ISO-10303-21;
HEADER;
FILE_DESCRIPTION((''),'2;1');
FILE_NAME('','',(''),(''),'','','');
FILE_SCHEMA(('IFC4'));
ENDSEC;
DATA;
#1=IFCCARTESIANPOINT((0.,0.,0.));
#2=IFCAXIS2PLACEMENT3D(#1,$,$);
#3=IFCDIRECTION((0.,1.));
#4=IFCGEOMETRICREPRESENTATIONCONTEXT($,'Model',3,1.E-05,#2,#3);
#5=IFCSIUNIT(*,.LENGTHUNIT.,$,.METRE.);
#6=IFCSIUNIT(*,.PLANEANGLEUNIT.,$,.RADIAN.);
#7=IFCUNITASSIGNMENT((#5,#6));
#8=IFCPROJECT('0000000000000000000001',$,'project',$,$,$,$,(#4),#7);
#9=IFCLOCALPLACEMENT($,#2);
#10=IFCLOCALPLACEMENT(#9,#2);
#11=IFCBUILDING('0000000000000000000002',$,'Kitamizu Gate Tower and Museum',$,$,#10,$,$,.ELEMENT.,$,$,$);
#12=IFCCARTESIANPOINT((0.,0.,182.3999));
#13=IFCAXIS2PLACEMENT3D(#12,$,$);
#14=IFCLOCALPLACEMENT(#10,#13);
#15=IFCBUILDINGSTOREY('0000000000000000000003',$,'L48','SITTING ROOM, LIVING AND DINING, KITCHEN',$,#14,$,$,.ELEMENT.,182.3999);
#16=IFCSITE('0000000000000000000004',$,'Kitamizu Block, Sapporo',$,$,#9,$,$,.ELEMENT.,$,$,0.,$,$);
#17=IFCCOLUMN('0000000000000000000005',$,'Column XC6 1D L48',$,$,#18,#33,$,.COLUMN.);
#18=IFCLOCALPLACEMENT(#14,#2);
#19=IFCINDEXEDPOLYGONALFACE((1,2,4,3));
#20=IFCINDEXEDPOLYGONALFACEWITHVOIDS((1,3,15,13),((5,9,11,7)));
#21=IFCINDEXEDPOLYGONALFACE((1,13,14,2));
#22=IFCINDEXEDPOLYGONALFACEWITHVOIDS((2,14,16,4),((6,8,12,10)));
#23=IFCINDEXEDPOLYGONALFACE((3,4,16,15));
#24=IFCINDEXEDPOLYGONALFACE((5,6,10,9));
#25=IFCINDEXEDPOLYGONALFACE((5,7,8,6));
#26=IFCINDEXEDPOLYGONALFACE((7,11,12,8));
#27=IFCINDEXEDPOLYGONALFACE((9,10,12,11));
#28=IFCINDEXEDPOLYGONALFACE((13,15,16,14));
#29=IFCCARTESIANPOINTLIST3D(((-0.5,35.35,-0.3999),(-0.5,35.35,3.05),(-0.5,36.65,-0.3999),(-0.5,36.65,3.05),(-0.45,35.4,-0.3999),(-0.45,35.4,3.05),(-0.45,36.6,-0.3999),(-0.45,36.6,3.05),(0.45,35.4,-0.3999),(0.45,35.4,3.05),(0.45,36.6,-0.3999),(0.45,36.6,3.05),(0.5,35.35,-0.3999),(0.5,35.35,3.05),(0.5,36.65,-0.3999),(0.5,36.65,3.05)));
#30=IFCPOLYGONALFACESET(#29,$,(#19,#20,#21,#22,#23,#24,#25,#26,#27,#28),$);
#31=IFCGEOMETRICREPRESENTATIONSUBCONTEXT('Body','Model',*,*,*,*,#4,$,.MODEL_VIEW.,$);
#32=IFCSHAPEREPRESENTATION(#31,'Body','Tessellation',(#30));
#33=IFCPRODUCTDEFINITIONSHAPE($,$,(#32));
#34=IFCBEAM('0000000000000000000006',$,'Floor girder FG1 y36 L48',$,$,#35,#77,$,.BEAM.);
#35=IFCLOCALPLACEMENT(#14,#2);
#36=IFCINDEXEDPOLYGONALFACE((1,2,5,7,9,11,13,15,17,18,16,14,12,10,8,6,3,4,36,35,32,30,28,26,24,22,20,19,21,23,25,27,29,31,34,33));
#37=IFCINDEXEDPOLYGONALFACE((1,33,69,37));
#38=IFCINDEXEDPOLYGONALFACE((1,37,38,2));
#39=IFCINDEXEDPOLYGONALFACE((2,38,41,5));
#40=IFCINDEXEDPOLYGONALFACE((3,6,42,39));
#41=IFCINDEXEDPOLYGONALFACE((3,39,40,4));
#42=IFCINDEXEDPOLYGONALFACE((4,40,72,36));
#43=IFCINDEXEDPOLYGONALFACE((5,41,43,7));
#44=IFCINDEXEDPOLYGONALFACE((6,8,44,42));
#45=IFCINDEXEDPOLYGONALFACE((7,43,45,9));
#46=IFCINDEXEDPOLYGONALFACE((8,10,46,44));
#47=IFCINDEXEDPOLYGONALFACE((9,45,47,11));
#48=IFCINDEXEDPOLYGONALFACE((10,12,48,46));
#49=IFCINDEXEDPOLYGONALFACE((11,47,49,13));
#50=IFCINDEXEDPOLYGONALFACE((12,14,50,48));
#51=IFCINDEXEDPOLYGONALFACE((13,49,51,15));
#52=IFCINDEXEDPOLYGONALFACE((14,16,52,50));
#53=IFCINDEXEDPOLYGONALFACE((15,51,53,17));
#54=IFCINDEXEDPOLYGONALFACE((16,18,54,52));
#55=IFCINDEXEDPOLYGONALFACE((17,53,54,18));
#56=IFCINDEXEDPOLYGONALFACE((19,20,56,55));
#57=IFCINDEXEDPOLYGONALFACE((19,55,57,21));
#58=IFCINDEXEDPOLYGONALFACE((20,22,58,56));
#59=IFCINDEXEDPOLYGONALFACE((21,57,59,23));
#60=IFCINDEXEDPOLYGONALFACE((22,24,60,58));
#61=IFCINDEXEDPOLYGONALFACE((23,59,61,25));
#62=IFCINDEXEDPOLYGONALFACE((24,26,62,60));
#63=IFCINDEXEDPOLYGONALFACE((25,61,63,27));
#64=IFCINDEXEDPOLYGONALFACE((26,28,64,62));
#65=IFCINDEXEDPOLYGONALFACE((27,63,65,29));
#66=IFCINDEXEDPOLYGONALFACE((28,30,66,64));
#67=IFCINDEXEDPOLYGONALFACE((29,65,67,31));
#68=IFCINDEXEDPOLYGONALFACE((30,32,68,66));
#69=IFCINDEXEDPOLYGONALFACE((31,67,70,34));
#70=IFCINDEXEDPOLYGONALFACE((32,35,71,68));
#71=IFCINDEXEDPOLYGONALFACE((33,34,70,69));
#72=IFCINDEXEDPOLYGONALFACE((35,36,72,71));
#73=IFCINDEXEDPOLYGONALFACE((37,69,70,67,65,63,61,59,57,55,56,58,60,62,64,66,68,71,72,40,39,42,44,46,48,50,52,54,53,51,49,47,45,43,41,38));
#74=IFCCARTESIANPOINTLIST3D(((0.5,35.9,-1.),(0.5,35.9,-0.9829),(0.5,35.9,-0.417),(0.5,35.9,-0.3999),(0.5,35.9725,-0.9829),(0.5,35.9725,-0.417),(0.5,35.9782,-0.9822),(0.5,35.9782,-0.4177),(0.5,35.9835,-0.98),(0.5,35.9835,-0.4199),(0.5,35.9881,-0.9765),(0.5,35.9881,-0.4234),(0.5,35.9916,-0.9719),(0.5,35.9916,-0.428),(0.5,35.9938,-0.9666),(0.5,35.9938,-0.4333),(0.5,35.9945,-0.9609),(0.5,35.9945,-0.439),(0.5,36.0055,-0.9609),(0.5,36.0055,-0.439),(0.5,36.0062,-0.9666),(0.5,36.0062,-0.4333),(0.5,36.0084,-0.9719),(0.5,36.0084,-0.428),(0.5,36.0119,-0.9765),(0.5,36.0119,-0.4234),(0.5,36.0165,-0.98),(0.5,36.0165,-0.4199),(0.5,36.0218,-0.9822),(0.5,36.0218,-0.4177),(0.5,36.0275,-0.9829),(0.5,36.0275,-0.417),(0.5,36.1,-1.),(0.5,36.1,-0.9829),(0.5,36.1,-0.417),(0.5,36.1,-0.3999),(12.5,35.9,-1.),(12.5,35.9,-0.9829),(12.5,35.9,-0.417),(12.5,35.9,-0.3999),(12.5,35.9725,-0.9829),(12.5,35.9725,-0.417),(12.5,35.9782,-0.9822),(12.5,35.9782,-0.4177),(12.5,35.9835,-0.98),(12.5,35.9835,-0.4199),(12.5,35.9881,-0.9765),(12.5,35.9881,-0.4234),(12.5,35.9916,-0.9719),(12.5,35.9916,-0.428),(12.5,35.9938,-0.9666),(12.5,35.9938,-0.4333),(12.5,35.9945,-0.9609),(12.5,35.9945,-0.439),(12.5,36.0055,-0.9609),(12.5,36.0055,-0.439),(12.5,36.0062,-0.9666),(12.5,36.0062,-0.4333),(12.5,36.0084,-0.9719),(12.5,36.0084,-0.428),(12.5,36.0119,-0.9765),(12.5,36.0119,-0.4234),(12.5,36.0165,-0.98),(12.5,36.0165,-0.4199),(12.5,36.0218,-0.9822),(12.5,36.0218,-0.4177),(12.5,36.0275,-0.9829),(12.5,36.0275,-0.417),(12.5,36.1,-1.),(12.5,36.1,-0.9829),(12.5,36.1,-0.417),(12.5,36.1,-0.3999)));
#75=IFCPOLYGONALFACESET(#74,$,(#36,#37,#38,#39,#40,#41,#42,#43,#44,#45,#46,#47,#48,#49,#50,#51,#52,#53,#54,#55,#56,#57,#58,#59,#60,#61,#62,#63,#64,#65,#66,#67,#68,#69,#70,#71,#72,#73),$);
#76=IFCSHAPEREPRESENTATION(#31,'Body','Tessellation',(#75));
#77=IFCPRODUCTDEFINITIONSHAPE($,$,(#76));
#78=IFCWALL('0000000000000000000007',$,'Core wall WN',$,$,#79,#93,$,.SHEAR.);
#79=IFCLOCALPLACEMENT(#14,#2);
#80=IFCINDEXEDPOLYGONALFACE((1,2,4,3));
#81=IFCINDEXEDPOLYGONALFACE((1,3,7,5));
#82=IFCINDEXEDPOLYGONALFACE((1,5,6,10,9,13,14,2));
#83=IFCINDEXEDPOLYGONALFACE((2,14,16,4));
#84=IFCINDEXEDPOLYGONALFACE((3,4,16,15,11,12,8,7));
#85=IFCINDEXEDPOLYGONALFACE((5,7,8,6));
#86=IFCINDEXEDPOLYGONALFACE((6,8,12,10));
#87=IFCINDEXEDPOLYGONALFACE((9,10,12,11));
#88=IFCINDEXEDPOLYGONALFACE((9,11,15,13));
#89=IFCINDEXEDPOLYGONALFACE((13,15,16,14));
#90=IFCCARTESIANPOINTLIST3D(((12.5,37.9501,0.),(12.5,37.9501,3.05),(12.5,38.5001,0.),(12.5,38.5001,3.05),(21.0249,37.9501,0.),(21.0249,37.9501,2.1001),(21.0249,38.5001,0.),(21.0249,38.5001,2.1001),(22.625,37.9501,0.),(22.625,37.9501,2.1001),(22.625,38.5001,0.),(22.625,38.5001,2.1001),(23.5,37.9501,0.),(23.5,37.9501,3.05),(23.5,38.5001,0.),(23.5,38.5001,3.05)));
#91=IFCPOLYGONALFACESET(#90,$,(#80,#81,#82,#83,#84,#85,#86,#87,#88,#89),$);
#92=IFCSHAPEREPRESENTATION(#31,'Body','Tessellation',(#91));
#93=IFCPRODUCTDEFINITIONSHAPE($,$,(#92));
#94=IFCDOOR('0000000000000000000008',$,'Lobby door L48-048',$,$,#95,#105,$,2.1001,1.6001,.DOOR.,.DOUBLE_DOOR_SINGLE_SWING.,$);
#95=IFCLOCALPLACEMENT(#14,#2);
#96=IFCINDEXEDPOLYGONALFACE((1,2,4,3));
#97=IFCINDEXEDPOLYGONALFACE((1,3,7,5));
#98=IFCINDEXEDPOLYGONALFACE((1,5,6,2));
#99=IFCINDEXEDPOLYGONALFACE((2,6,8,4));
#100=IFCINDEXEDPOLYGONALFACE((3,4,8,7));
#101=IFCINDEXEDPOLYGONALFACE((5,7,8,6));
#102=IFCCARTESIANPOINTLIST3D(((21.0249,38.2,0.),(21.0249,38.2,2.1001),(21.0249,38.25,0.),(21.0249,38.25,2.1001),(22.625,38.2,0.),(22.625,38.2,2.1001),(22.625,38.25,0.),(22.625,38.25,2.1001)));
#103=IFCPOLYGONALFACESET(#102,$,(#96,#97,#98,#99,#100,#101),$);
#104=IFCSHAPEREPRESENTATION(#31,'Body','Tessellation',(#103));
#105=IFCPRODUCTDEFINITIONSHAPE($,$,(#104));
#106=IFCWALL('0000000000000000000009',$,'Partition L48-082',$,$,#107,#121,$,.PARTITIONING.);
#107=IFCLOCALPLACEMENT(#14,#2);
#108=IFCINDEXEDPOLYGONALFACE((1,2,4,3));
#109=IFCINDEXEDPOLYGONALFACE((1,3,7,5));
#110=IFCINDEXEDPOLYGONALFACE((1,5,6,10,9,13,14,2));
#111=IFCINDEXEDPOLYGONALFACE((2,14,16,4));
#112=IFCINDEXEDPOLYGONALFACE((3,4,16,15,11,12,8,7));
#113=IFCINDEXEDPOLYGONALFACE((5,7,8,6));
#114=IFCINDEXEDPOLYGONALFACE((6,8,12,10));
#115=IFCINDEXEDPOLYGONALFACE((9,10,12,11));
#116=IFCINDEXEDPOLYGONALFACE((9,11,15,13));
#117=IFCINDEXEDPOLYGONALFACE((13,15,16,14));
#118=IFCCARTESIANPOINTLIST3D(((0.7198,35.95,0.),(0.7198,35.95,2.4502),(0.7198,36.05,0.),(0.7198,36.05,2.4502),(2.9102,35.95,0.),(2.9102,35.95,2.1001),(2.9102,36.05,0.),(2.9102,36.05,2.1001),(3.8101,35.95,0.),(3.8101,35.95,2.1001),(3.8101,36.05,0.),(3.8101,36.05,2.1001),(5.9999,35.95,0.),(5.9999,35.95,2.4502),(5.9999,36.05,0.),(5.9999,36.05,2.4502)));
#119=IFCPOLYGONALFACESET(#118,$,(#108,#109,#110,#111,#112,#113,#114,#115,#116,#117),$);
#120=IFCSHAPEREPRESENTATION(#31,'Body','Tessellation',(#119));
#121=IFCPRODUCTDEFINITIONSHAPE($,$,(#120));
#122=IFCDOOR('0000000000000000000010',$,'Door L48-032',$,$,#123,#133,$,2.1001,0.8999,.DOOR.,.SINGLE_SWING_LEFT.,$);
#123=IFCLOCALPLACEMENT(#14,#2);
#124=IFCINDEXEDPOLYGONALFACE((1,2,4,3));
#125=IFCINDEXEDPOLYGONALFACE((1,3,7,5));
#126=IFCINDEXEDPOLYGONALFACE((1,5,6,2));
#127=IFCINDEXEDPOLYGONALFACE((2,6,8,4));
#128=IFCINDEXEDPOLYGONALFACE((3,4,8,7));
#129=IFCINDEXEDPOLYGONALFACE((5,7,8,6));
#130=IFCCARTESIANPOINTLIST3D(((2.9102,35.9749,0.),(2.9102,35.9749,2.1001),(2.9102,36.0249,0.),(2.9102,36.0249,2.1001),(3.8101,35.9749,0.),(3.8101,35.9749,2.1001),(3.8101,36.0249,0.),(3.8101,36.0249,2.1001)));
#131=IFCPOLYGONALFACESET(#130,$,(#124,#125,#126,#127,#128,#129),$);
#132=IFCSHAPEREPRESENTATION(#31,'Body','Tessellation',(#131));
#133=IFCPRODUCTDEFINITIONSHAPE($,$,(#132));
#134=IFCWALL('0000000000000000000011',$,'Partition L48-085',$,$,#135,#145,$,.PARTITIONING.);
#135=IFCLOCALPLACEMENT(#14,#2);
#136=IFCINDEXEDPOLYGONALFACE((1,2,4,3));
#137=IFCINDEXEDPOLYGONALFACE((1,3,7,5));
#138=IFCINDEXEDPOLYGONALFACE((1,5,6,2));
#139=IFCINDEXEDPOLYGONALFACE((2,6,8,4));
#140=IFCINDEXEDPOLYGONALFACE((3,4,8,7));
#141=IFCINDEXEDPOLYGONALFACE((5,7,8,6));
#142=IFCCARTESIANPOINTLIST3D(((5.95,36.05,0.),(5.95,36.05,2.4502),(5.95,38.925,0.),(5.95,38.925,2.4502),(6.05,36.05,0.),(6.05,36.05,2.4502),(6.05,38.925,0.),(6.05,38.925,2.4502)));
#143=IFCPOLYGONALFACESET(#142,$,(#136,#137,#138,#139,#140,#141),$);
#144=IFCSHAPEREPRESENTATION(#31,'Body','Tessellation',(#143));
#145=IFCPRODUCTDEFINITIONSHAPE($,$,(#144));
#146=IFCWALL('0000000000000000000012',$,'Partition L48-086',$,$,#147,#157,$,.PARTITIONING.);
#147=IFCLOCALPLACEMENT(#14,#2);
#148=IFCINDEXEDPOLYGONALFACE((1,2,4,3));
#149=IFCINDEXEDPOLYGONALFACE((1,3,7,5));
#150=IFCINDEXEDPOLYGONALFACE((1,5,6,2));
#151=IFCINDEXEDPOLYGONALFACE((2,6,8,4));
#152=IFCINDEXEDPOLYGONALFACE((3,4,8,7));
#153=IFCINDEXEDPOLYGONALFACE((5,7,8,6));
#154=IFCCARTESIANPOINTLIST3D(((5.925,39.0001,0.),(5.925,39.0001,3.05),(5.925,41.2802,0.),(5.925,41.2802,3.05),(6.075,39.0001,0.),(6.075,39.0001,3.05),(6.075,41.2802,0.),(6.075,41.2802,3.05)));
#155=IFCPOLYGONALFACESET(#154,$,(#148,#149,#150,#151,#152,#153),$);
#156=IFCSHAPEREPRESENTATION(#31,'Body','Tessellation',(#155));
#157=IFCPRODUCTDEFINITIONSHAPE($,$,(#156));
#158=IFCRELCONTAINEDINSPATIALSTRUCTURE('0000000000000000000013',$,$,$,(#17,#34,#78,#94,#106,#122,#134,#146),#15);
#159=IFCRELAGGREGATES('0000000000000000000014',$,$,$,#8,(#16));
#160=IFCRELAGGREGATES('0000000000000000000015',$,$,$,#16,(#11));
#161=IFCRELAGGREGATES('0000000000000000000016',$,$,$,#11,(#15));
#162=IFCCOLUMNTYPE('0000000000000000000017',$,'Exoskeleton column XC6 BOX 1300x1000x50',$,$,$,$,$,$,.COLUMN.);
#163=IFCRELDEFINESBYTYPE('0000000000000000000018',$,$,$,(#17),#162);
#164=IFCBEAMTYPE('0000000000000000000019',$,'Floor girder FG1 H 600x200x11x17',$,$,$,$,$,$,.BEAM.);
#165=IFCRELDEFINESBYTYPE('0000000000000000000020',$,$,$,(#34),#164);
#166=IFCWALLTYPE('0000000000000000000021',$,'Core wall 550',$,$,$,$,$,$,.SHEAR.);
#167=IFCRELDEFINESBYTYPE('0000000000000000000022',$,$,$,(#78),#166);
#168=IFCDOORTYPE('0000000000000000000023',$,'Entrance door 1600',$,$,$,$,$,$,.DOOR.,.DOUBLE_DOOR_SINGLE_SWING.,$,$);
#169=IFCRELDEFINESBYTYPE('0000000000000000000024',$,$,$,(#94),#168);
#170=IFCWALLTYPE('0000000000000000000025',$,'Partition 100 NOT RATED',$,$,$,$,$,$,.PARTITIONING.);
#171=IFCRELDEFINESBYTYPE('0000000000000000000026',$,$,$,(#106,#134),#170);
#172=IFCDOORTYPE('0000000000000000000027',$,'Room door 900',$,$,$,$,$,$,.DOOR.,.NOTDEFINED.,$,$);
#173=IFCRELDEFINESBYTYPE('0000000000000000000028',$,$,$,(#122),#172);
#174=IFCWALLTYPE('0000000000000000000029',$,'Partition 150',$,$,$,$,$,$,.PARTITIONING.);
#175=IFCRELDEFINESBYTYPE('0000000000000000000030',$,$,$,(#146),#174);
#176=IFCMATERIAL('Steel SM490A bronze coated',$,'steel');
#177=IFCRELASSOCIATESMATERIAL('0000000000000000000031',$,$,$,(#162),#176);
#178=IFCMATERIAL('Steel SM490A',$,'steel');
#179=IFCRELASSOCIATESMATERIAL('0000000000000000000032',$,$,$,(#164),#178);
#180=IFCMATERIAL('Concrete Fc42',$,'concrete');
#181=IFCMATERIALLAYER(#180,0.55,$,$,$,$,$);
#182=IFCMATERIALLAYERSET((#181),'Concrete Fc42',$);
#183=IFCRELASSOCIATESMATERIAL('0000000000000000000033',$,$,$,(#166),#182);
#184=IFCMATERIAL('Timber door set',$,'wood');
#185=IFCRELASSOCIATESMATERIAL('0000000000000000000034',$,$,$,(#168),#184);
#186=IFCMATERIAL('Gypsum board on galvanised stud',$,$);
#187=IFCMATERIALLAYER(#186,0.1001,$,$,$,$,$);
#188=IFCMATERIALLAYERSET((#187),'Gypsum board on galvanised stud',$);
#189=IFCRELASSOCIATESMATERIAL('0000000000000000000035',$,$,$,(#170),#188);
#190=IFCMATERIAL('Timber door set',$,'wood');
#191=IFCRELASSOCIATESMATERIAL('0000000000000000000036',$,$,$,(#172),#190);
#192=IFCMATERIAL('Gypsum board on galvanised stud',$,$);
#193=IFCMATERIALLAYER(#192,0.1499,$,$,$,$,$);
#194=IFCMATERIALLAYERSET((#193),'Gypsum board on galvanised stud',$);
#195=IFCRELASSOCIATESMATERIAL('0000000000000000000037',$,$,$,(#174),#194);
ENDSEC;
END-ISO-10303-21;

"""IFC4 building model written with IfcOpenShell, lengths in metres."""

from ifc_helpers import new_model, si_unit, direction, frame, frame_2d, origin, origin_2d, place, context, subcontext, project, spatial, rectangle, hollow_rectangle, i_section, extrude, material, layer, layer_set, material_profile, profile_set, type_object, element, fill, save


model = new_model("IFC4")

# Units and contexts
model_context = context("Model", 3, precision=1e-05, world=origin(), true_north=direction((0.0, 1.0)))
body_context = subcontext(model_context, "Body", "Model", "MODEL_VIEW")
ifc_project = project(units=[si_unit("LENGTHUNIT", "METRE"), si_unit("PLANEANGLEUNIT", "RADIAN")], contexts=[model_context])

# Site, building, storey
site_placement = place(None, origin())
site = spatial("IfcSite", under=ifc_project, at=site_placement, Name="Kitamizu Block, Sapporo", CompositionType="ELEMENT", RefElevation=0.0)
building_placement = place(site_placement, origin())
building = spatial("IfcBuilding", under=site, at=building_placement, Name="Kitamizu Gate Tower and Museum", CompositionType="ELEMENT")
storey_placement = place(building_placement, frame((0.0, 0.0, 182.3999)))
storey = spatial("IfcBuildingStorey", under=building, at=storey_placement, Name="L48", Description="SITTING ROOM, LIVING AND DINING, KITCHEN", CompositionType="ELEMENT", Elevation=182.3999)

# Column
ifc_material_1 = material(Name="Steel SM490A bronze coated", Category="steel")
ifc_material_profile_1 = material_profile(ifc_material_1, hollow_rectangle(XDim=1.3, YDim=1.0, WallThickness=0.05, at=origin_2d()), Name="BOX 1300x1000x50")
ifc_profile_set_1 = profile_set([ifc_material_profile_1], Name="Steel SM490A bronze coated")
column_type = type_object("IfcColumnType", Name="Exoskeleton column XC6 BOX 1300x1000x50", PredefinedType="COLUMN", material=ifc_profile_set_1)
column_placement = place(storey_placement, frame((0.0, 36.0, -0.3999), z_axis=(0.0, 0.0, 1.0), x_axis=(0.0, 1.0, 0.0)))
element("IfcColumn", 1, at=column_placement, inside=storey, type_object=column_type, Name="Column XC6 1D L48", PredefinedType="COLUMN", context=body_context, shape_type="SweptSolid", body=[
    extrude(hollow_rectangle(XDim=1.3, YDim=1.0, WallThickness=0.05, at=origin_2d()), origin(), (0.0, 0.0, 1.0), 3.45),
])

# Beam
ifc_material_2 = material(Name="Steel SM490A", Category="steel")
ifc_material_profile_2 = material_profile(ifc_material_2, i_section(OverallWidth=0.2, OverallDepth=0.6001, WebThickness=0.011, FlangeThickness=0.0171, FilletRadius=0.022, at=origin_2d()), Name="H-600x200x11x17")
ifc_profile_set_2 = profile_set([ifc_material_profile_2], Name="Steel SM490A")
beam_type = type_object("IfcBeamType", Name="Floor girder FG1 H 600x200x11x17", PredefinedType="BEAM", material=ifc_profile_set_2)
beam_placement = place(storey_placement, frame((0.5, 36.0, -0.7), z_axis=(1.0, 0.0, 0.0), x_axis=(0.0, 1.0, 0.0)))
element("IfcBeam", 2, at=beam_placement, inside=storey, type_object=beam_type, Name="Floor girder FG1 y36 L48", PredefinedType="BEAM", context=body_context, shape_type="SweptSolid", body=[
    extrude(i_section(OverallWidth=0.2, OverallDepth=0.6001, WebThickness=0.011, FlangeThickness=0.0171, FilletRadius=0.022, at=origin_2d()), origin(), (0.0, 0.0, 1.0), 12.0),
])

# Walls, openings, doors
ifc_material_3 = material(Name="Concrete Fc42", Category="concrete")
ifc_layer_1 = layer(ifc_material_3, 0.55)
ifc_layer_set_1 = layer_set([ifc_layer_1], Name="Concrete Fc42")
wall_type_1 = type_object("IfcWallType", Name="Core wall 550", PredefinedType="SHEAR", material=ifc_layer_set_1)
wall_1_placement = place(storey_placement, frame((12.5, 38.2251, 0.0), z_axis=(0.0, 0.0, 1.0), x_axis=(1.0, 0.0, 0.0)))
wall_1 = element("IfcWall", 3, at=wall_1_placement, inside=storey, type_object=wall_type_1, Name="Core wall WN", PredefinedType="SHEAR", context=body_context, shape_type="SweptSolid", body=[
    extrude(rectangle(XDim=11.0, YDim=0.55, at=frame_2d((5.5, 0.0))), origin(), (0.0, 0.0, 1.0), 3.05),
])
opening_1_placement = place(wall_1_placement, frame((8.5249, 0.0, 0.0)))
opening_1 = element("IfcOpeningElement", 4, at=opening_1_placement, cuts=wall_1, PredefinedType="OPENING", context=body_context, shape_type="SweptSolid", body=[
    extrude(rectangle(XDim=1.6001, YDim=2.1001, at=frame_2d((0.8, 1.05))), frame((0.0, 0.2852, 0.0), z_axis=(0.0, -1.0, 0.0), x_axis=(1.0, 0.0, 0.0)), (0.0, 0.0, 1.0), 0.5701),
])
ifc_material_4 = material(Name="Timber door set", Category="wood")
door_type_1 = type_object("IfcDoorType", Name="Entrance door 1600", OperationType="DOUBLE_DOOR_SINGLE_SWING", PredefinedType="DOOR", material=ifc_material_4)
door_1_placement = place(opening_1_placement, origin())
door_1 = element("IfcDoor", 5, at=door_1_placement, inside=storey, type_object=door_type_1, Name="Lobby door L48-048", OperationType="DOUBLE_DOOR_SINGLE_SWING", OverallHeight=2.1001, OverallWidth=1.6001, PredefinedType="DOOR", context=body_context, shape_type="SweptSolid", body=[
    extrude(rectangle(XDim=1.6001, YDim=2.1001, at=frame_2d((0.8, 1.05))), frame((0.0, 0.0249, 0.0), z_axis=(0.0, -1.0, 0.0), x_axis=(1.0, 0.0, 0.0)), (0.0, 0.0, 1.0), 0.05),
])
fill(opening_1, door_1)
ifc_material_5 = material(Name="Gypsum board on galvanised stud")
ifc_layer_2 = layer(ifc_material_5, 0.1001)
ifc_layer_set_2 = layer_set([ifc_layer_2], Name="Gypsum board on galvanised stud")
wall_type_2 = type_object("IfcWallType", Name="Partition 100 NOT RATED", PredefinedType="PARTITIONING", material=ifc_layer_set_2)
wall_2_placement = place(storey_placement, frame((6.0, 36.0, 0.0), z_axis=(0.0, 0.0, 1.0), x_axis=(-1.0, 0.0, 0.0)))
wall_2 = element("IfcWall", 6, at=wall_2_placement, inside=storey, type_object=wall_type_2, Name="Partition L48-082", PredefinedType="PARTITIONING", context=body_context, shape_type="SweptSolid", body=[
    extrude(rectangle(XDim=5.28, YDim=0.1001, at=frame_2d((2.6401, 0.0))), origin(), (0.0, 0.0, 1.0), 2.4502),
])
opening_2_placement = place(wall_2_placement, frame((2.1899, 0.0, 0.0)))
opening_2 = element("IfcOpeningElement", 7, at=opening_2_placement, cuts=wall_2, PredefinedType="OPENING", context=body_context, shape_type="SweptSolid", body=[
    extrude(rectangle(XDim=0.8999, YDim=2.1001, at=frame_2d((0.45, 1.05))), frame((0.0, 0.0601, 0.0), z_axis=(0.0, -1.0, 0.0), x_axis=(1.0, 0.0, 0.0)), (0.0, 0.0, 1.0), 0.1201),
])
ifc_material_6 = material(Name="Timber door set", Category="wood")
door_type_2 = type_object("IfcDoorType", Name="Room door 900", OperationType="NOTDEFINED", PredefinedType="DOOR", material=ifc_material_6)
door_2_placement = place(opening_2_placement, frame((0.8999, 0.0, 0.0), x_axis=(-1.0, 0.0, 0.0)))
door_2 = element("IfcDoor", 8, at=door_2_placement, inside=storey, type_object=door_type_2, Name="Door L48-032", OperationType="SINGLE_SWING_LEFT", OverallHeight=2.1001, OverallWidth=0.8999, PredefinedType="DOOR", context=body_context, shape_type="SweptSolid", body=[
    extrude(rectangle(XDim=0.8999, YDim=2.1001, at=frame_2d((0.45, 1.05))), frame((0.0, 0.0249, 0.0), z_axis=(0.0, -1.0, 0.0), x_axis=(1.0, 0.0, 0.0)), (0.0, 0.0, 1.0), 0.05),
])
fill(opening_2, door_2)

# Walls
wall_3_placement = place(storey_placement, frame((6.0, 36.05, 0.0), z_axis=(0.0, 0.0, 1.0), x_axis=(0.0, 1.0, 0.0)))
element("IfcWall", 9, at=wall_3_placement, inside=storey, type_object=wall_type_2, Name="Partition L48-085", PredefinedType="PARTITIONING", context=body_context, shape_type="SweptSolid", body=[
    extrude(rectangle(XDim=2.875, YDim=0.1001, at=frame_2d((1.4375, 0.0))), origin(), (0.0, 0.0, 1.0), 2.4502),
])
ifc_material_7 = material(Name="Gypsum board on galvanised stud")
ifc_layer_3 = layer(ifc_material_7, 0.1499)
ifc_layer_set_3 = layer_set([ifc_layer_3], Name="Gypsum board on galvanised stud")
wall_type_3 = type_object("IfcWallType", Name="Partition 150", PredefinedType="PARTITIONING", material=ifc_layer_set_3)
wall_4_placement = place(storey_placement, frame((6.0, 39.0, 0.0), z_axis=(0.0, 0.0, 1.0), x_axis=(0.0, 1.0, 0.0)))
element("IfcWall", 10, at=wall_4_placement, inside=storey, type_object=wall_type_3, Name="Partition L48-086", PredefinedType="PARTITIONING", context=body_context, shape_type="SweptSolid", body=[
    extrude(rectangle(XDim=2.28, YDim=0.1499, at=frame_2d((1.1401, 0.0))), origin(), (0.0, 0.0, 1.0), 3.05),
])

save(model, "model.ifc")
